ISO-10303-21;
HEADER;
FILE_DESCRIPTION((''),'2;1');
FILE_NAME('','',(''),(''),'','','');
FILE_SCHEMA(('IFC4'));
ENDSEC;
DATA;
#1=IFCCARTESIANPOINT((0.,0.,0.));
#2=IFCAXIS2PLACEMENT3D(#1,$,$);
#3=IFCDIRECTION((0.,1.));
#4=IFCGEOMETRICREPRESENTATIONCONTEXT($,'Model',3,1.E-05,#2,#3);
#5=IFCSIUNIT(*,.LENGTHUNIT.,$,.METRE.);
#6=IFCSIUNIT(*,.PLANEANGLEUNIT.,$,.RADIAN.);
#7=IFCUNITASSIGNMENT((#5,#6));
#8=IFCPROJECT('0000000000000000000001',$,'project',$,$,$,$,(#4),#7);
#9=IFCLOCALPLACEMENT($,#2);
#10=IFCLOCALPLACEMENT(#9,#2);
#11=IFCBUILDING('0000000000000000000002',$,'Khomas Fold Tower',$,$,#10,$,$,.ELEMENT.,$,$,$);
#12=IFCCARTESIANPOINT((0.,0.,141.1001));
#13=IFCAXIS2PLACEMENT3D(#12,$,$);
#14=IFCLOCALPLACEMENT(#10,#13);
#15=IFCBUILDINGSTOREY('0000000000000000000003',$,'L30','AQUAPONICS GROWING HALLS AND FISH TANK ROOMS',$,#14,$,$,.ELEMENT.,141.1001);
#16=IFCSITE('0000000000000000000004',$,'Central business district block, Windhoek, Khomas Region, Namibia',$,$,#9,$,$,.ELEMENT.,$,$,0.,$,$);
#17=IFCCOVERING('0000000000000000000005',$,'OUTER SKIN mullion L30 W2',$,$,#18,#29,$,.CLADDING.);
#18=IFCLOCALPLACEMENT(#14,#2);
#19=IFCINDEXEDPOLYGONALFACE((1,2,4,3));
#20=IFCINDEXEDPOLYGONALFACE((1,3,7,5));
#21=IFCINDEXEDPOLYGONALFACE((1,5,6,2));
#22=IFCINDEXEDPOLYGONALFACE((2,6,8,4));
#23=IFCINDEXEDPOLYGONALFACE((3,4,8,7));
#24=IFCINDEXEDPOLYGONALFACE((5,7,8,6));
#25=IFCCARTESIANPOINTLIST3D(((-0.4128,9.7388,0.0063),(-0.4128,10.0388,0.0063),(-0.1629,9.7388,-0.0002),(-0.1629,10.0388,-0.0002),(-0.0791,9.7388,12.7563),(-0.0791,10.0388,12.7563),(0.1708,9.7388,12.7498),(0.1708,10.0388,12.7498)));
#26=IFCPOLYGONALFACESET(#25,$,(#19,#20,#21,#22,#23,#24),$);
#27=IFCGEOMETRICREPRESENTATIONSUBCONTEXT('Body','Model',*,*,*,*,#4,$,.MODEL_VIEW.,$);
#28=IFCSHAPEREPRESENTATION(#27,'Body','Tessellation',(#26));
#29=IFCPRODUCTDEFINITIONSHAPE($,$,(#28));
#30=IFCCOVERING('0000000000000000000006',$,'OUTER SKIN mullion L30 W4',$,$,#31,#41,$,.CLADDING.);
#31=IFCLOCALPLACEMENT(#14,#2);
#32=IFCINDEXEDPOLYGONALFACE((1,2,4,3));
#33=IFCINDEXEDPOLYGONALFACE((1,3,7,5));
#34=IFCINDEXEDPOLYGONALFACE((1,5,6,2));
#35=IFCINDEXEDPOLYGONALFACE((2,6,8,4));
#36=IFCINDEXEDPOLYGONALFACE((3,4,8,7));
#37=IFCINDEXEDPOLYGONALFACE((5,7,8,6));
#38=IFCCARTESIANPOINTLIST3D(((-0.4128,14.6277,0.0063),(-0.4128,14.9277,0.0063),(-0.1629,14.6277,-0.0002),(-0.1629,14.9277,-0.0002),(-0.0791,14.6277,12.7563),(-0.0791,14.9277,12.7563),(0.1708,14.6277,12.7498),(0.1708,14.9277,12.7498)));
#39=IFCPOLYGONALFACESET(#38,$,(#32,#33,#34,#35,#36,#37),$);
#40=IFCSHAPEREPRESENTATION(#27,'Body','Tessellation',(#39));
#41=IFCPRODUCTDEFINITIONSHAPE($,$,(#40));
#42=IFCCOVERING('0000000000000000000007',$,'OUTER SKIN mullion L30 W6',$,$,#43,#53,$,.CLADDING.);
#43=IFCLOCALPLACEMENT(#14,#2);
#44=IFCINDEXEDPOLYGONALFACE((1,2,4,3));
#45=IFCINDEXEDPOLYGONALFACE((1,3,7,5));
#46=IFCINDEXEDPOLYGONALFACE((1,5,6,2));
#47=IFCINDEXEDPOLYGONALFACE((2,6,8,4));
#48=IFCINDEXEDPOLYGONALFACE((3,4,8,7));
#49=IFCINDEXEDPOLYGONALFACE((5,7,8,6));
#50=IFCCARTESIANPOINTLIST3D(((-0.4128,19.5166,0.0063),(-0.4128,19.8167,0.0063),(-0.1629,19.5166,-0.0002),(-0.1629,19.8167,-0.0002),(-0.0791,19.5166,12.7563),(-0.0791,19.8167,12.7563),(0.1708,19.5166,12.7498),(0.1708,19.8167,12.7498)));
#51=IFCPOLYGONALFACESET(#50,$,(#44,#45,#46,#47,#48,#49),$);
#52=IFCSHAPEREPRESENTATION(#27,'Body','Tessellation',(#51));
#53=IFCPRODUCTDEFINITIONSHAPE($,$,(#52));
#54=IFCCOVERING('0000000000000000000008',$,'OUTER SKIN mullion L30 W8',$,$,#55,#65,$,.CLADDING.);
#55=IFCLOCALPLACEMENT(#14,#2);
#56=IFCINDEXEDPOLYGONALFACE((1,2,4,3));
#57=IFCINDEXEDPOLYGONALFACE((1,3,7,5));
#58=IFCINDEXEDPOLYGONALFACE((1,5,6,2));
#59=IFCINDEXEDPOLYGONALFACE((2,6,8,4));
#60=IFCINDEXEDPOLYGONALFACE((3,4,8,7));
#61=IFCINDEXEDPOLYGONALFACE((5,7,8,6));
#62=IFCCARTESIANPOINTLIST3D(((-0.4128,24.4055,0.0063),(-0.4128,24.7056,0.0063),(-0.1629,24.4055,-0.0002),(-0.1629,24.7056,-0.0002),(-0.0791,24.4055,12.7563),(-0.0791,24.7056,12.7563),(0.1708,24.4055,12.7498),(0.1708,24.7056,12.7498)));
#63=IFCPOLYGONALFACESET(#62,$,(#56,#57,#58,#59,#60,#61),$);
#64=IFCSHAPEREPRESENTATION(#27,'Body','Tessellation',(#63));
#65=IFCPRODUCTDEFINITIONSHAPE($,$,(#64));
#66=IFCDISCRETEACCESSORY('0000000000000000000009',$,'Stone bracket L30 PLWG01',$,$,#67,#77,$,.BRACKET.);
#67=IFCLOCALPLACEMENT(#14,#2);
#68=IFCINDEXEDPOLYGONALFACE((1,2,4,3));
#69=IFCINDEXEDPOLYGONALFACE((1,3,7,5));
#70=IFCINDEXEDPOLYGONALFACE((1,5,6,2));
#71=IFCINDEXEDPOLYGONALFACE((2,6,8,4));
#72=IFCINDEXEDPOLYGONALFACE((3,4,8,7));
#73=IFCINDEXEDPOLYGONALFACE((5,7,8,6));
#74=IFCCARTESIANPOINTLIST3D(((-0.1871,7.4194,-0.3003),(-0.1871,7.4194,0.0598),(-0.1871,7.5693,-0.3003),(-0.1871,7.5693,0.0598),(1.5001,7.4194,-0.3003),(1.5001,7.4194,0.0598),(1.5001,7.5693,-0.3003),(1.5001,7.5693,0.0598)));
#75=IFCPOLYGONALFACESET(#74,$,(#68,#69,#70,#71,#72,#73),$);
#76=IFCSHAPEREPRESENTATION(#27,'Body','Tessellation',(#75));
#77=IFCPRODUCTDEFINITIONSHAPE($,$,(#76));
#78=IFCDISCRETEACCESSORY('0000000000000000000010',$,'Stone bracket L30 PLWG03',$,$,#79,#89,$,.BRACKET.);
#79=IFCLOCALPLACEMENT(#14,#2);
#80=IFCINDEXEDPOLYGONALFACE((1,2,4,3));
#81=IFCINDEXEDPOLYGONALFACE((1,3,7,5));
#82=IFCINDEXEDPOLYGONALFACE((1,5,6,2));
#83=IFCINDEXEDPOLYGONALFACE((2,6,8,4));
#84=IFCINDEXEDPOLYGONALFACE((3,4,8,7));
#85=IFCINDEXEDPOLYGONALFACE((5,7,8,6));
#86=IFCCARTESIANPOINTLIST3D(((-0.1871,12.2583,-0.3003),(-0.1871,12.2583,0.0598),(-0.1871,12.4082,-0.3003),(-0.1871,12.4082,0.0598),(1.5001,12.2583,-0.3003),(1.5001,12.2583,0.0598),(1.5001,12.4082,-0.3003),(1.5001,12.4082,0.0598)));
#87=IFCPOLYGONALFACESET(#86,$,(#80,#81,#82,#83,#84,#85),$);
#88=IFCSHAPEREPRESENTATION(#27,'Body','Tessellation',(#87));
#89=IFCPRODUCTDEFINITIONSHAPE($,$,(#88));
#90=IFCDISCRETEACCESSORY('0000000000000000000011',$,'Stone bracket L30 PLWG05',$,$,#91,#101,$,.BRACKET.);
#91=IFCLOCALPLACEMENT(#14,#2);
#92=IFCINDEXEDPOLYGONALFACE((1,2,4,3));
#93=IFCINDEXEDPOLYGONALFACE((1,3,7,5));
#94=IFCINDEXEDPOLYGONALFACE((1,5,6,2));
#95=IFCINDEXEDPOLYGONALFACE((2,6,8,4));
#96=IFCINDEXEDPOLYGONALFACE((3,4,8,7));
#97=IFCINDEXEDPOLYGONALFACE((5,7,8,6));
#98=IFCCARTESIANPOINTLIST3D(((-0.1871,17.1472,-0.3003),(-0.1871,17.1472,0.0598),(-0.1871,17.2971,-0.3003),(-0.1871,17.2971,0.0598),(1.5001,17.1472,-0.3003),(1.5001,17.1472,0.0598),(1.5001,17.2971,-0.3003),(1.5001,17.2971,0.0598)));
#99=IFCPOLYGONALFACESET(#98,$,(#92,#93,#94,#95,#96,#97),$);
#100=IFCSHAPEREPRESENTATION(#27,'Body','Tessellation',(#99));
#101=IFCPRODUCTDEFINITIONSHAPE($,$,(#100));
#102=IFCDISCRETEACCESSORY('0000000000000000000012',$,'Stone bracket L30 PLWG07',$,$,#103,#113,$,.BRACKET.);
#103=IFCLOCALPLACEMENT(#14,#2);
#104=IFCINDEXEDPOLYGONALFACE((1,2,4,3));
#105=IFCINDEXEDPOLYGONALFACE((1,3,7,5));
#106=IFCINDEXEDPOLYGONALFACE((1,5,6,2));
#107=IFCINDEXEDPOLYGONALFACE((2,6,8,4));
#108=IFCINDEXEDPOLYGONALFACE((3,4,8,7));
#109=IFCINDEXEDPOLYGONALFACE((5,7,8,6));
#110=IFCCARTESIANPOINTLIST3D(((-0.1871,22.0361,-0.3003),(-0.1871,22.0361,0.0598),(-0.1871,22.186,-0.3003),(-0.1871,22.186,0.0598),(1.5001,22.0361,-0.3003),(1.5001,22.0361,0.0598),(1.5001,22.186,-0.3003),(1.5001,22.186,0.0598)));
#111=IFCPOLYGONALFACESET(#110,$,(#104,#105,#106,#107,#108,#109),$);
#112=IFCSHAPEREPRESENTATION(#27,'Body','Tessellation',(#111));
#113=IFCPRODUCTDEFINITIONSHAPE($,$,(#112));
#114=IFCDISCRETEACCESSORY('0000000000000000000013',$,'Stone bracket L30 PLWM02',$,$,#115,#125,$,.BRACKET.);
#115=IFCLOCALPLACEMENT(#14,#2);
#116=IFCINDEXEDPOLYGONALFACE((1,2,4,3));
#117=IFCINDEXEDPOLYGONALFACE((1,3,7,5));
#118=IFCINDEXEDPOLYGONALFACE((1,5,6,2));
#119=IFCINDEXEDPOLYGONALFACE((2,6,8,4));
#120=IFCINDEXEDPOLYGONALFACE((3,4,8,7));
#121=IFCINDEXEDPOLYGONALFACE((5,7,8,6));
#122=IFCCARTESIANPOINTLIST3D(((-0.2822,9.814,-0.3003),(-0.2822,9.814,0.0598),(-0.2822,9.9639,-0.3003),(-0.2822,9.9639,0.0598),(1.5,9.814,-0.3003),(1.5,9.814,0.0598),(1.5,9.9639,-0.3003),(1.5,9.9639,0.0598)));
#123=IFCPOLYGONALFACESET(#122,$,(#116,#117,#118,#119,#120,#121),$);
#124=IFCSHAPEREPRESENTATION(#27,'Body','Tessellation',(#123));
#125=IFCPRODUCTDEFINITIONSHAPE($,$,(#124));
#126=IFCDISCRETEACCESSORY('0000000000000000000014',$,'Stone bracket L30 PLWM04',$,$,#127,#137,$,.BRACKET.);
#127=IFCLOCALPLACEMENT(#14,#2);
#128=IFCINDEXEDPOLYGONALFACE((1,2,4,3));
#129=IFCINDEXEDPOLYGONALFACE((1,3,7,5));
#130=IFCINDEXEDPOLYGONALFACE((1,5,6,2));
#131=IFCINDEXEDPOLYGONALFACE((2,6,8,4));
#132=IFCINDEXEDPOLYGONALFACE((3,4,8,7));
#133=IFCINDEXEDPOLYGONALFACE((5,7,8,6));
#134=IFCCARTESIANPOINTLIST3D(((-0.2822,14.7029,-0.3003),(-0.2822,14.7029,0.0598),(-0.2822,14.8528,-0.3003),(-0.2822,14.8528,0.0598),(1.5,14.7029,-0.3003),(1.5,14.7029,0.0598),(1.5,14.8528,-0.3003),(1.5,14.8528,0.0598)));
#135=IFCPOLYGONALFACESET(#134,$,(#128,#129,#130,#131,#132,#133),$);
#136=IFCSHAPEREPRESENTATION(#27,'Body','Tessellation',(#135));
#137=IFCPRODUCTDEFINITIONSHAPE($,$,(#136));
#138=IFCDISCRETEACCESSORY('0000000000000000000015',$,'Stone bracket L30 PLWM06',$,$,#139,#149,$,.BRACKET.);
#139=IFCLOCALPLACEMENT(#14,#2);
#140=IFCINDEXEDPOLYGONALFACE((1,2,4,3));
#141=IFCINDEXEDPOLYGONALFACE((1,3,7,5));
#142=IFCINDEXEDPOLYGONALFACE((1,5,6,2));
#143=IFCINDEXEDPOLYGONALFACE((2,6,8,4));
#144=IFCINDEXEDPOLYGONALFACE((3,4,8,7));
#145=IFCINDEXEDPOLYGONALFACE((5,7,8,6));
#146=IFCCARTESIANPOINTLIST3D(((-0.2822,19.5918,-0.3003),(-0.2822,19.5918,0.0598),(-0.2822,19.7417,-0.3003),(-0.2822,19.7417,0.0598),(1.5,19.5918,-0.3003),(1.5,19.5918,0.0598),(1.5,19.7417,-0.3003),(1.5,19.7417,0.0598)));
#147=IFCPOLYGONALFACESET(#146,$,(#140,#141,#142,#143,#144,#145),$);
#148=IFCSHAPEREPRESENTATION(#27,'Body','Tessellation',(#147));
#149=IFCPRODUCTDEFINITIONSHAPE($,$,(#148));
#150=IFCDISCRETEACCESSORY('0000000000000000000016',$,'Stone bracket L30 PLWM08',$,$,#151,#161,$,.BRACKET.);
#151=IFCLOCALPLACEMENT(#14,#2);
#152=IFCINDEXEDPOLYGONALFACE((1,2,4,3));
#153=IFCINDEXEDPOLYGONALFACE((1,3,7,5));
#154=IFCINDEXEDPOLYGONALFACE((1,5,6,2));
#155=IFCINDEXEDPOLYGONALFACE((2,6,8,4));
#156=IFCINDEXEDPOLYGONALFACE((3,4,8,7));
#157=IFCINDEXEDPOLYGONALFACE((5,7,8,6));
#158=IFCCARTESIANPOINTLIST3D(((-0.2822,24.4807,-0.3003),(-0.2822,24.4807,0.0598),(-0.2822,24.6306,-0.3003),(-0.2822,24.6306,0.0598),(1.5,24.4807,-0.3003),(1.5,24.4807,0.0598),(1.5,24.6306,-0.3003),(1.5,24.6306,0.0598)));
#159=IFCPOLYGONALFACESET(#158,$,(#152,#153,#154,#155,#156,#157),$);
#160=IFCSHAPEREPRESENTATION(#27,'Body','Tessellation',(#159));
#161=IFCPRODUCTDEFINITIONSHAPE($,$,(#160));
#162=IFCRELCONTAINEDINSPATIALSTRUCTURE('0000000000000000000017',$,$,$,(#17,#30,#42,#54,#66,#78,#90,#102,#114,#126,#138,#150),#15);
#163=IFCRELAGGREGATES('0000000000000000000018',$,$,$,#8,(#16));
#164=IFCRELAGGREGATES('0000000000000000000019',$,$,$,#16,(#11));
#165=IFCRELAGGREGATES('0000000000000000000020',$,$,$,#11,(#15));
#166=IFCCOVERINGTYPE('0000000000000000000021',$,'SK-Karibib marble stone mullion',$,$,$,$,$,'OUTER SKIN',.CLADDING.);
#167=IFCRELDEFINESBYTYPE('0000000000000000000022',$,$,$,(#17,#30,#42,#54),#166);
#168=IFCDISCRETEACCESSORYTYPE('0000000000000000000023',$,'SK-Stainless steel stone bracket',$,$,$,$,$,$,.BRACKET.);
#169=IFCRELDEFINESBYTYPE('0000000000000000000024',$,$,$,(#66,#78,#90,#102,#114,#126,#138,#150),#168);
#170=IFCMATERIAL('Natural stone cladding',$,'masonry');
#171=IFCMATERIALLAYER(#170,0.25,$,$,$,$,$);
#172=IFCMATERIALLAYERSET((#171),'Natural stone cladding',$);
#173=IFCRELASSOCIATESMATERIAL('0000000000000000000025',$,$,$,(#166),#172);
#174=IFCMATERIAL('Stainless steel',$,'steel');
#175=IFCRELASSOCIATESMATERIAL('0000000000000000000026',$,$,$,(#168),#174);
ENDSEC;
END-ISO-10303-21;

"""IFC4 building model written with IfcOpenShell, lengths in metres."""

from ifc_helpers import new_model, si_unit, direction, frame, origin, origin_2d, place, context, subcontext, project, spatial, polyline, rectangle, outline, extrude, source, transform, mapped, material, layer, layer_set, type_object, element, save


model = new_model("IFC4")

# Units and contexts
model_context = context("Model", 3, precision=1e-05, world=origin(), true_north=direction((0.0, 1.0)))
body_context = subcontext(model_context, "Body", "Model", "MODEL_VIEW")
ifc_project = project(units=[si_unit("LENGTHUNIT", "METRE"), si_unit("PLANEANGLEUNIT", "RADIAN")], contexts=[model_context])

# Site, building, storey
site_placement = place(None, origin())
site = spatial("IfcSite", under=ifc_project, at=site_placement, Name="Central business district block, Windhoek, Khomas Region, Namibia", CompositionType="ELEMENT", RefElevation=0.0)
building_placement = place(site_placement, origin())
building = spatial("IfcBuilding", under=site, at=building_placement, Name="Khomas Fold Tower", CompositionType="ELEMENT")
storey_placement = place(building_placement, frame((0.0, 0.0, 141.1001)))
storey = spatial("IfcBuildingStorey", under=building, at=storey_placement, Name="L30", Description="AQUAPONICS GROWING HALLS AND FISH TANK ROOMS", CompositionType="ELEMENT", Elevation=141.1001)

# Coverings
ifc_material_1 = material(Name="Natural stone cladding", Category="masonry")
ifc_layer_1 = layer(ifc_material_1, 0.25)
ifc_layer_set_1 = layer_set([ifc_layer_1], Name="Natural stone cladding")
covering_type = type_object("IfcCoveringType", Name="SK-Karibib marble stone mullion", ElementType="OUTER SKIN", PredefinedType="CLADDING", material=ifc_layer_set_1)
for number, where, z_axis, x_axis, name in (
    (1, (-0.4128, 9.7388, 0.0063), (-0.999658, 0.0, 0.026167), (0.0, 1.0, 0.0), "OUTER SKIN mullion L30 W2"),
    (2, (-0.4128, 14.6277, 0.0063), (-0.999658, 0.0, 0.026167), (0.0, 1.0, 0.0), "OUTER SKIN mullion L30 W4"),
    (3, (-0.4128, 19.5166, 0.0063), (-0.999658, 0.0, 0.026167), (0.0, 1.0, 0.0), "OUTER SKIN mullion L30 W6"),
    (4, (-0.4128, 24.4055, 0.0063), (-0.999658, 0.0, 0.026167), (0.0, 1.0, 0.0), "OUTER SKIN mullion L30 W8"),
):
    element("IfcCovering", number, at=place(storey_placement, frame(where, z_axis=z_axis, x_axis=x_axis)), inside=storey, type_object=covering_type, Name=name, PredefinedType="CLADDING", context=body_context, shape_type="SweptSolid", body=[
        extrude(outline(polyline([(0.0, 0.0), (0.3, 0.0), (0.3, -12.7544), (0.0, -12.7544), (0.0, 0.0)])), origin(), (0.0, 0.0, -1.0), 0.25),
    ])

# Discrete accessories
ifc_material_2 = material(Name="Stainless steel", Category="steel")
discrete_accessory_type = type_object("IfcDiscreteAccessoryType", Name="SK-Stainless steel stone bracket", PredefinedType="BRACKET", material=ifc_material_2)
shared_shape_1 = source(origin(), body_context, "Body", "SweptSolid", [
    extrude(rectangle(XDim=1.6873, YDim=0.1499, at=origin_2d()), origin(), (0.0, 0.0, 1.0), 0.3601),
])
for number, where, z_axis, x_axis, name in (
    (5, (0.6565, 7.4944, -0.3003), (0.0, 0.0, 1.0), (-1.0, 0.0, 0.0), "Stone bracket L30 PLWG01"),
    (6, (0.6565, 12.3333, -0.3003), (0.0, 0.0, 1.0), (-1.0, 0.0, 0.0), "Stone bracket L30 PLWG03"),
    (7, (0.6565, 17.2222, -0.3003), (0.0, 0.0, 1.0), (-1.0, 0.0, 0.0), "Stone bracket L30 PLWG05"),
    (8, (0.6565, 22.1111, -0.3003), (0.0, 0.0, 1.0), (-1.0, 0.0, 0.0), "Stone bracket L30 PLWG07"),
):
    element("IfcDiscreteAccessory", number, at=place(storey_placement, frame(where, z_axis=z_axis, x_axis=x_axis)), inside=storey, type_object=discrete_accessory_type, Name=name, PredefinedType="BRACKET", context=body_context, shape_type="MappedRepresentation", body=[
        mapped(shared_shape_1, transform((0.0, 0.0, 0.0))),
    ])
shared_shape_2 = source(origin(), body_context, "Body", "SweptSolid", [
    extrude(rectangle(XDim=1.7822, YDim=0.1499, at=origin_2d()), origin(), (0.0, 0.0, 1.0), 0.3601),
])
for number, where, z_axis, x_axis, name in (
    (9, (0.6089, 9.8889, -0.3003), (0.0, 0.0, 1.0), (-1.0, 0.0, 0.0), "Stone bracket L30 PLWM02"),
    (10, (0.6089, 14.7778, -0.3003), (0.0, 0.0, 1.0), (-1.0, 0.0, 0.0), "Stone bracket L30 PLWM04"),
    (11, (0.6089, 19.6667, -0.3003), (0.0, 0.0, 1.0), (-1.0, 0.0, 0.0), "Stone bracket L30 PLWM06"),
    (12, (0.6089, 24.5557, -0.3003), (0.0, 0.0, 1.0), (-1.0, 0.0, 0.0), "Stone bracket L30 PLWM08"),
):
    element("IfcDiscreteAccessory", number, at=place(storey_placement, frame(where, z_axis=z_axis, x_axis=x_axis)), inside=storey, type_object=discrete_accessory_type, Name=name, PredefinedType="BRACKET", context=body_context, shape_type="MappedRepresentation", body=[
        mapped(shared_shape_2, transform((0.0, 0.0, 0.0))),
    ])

save(model, "model.ifc")
